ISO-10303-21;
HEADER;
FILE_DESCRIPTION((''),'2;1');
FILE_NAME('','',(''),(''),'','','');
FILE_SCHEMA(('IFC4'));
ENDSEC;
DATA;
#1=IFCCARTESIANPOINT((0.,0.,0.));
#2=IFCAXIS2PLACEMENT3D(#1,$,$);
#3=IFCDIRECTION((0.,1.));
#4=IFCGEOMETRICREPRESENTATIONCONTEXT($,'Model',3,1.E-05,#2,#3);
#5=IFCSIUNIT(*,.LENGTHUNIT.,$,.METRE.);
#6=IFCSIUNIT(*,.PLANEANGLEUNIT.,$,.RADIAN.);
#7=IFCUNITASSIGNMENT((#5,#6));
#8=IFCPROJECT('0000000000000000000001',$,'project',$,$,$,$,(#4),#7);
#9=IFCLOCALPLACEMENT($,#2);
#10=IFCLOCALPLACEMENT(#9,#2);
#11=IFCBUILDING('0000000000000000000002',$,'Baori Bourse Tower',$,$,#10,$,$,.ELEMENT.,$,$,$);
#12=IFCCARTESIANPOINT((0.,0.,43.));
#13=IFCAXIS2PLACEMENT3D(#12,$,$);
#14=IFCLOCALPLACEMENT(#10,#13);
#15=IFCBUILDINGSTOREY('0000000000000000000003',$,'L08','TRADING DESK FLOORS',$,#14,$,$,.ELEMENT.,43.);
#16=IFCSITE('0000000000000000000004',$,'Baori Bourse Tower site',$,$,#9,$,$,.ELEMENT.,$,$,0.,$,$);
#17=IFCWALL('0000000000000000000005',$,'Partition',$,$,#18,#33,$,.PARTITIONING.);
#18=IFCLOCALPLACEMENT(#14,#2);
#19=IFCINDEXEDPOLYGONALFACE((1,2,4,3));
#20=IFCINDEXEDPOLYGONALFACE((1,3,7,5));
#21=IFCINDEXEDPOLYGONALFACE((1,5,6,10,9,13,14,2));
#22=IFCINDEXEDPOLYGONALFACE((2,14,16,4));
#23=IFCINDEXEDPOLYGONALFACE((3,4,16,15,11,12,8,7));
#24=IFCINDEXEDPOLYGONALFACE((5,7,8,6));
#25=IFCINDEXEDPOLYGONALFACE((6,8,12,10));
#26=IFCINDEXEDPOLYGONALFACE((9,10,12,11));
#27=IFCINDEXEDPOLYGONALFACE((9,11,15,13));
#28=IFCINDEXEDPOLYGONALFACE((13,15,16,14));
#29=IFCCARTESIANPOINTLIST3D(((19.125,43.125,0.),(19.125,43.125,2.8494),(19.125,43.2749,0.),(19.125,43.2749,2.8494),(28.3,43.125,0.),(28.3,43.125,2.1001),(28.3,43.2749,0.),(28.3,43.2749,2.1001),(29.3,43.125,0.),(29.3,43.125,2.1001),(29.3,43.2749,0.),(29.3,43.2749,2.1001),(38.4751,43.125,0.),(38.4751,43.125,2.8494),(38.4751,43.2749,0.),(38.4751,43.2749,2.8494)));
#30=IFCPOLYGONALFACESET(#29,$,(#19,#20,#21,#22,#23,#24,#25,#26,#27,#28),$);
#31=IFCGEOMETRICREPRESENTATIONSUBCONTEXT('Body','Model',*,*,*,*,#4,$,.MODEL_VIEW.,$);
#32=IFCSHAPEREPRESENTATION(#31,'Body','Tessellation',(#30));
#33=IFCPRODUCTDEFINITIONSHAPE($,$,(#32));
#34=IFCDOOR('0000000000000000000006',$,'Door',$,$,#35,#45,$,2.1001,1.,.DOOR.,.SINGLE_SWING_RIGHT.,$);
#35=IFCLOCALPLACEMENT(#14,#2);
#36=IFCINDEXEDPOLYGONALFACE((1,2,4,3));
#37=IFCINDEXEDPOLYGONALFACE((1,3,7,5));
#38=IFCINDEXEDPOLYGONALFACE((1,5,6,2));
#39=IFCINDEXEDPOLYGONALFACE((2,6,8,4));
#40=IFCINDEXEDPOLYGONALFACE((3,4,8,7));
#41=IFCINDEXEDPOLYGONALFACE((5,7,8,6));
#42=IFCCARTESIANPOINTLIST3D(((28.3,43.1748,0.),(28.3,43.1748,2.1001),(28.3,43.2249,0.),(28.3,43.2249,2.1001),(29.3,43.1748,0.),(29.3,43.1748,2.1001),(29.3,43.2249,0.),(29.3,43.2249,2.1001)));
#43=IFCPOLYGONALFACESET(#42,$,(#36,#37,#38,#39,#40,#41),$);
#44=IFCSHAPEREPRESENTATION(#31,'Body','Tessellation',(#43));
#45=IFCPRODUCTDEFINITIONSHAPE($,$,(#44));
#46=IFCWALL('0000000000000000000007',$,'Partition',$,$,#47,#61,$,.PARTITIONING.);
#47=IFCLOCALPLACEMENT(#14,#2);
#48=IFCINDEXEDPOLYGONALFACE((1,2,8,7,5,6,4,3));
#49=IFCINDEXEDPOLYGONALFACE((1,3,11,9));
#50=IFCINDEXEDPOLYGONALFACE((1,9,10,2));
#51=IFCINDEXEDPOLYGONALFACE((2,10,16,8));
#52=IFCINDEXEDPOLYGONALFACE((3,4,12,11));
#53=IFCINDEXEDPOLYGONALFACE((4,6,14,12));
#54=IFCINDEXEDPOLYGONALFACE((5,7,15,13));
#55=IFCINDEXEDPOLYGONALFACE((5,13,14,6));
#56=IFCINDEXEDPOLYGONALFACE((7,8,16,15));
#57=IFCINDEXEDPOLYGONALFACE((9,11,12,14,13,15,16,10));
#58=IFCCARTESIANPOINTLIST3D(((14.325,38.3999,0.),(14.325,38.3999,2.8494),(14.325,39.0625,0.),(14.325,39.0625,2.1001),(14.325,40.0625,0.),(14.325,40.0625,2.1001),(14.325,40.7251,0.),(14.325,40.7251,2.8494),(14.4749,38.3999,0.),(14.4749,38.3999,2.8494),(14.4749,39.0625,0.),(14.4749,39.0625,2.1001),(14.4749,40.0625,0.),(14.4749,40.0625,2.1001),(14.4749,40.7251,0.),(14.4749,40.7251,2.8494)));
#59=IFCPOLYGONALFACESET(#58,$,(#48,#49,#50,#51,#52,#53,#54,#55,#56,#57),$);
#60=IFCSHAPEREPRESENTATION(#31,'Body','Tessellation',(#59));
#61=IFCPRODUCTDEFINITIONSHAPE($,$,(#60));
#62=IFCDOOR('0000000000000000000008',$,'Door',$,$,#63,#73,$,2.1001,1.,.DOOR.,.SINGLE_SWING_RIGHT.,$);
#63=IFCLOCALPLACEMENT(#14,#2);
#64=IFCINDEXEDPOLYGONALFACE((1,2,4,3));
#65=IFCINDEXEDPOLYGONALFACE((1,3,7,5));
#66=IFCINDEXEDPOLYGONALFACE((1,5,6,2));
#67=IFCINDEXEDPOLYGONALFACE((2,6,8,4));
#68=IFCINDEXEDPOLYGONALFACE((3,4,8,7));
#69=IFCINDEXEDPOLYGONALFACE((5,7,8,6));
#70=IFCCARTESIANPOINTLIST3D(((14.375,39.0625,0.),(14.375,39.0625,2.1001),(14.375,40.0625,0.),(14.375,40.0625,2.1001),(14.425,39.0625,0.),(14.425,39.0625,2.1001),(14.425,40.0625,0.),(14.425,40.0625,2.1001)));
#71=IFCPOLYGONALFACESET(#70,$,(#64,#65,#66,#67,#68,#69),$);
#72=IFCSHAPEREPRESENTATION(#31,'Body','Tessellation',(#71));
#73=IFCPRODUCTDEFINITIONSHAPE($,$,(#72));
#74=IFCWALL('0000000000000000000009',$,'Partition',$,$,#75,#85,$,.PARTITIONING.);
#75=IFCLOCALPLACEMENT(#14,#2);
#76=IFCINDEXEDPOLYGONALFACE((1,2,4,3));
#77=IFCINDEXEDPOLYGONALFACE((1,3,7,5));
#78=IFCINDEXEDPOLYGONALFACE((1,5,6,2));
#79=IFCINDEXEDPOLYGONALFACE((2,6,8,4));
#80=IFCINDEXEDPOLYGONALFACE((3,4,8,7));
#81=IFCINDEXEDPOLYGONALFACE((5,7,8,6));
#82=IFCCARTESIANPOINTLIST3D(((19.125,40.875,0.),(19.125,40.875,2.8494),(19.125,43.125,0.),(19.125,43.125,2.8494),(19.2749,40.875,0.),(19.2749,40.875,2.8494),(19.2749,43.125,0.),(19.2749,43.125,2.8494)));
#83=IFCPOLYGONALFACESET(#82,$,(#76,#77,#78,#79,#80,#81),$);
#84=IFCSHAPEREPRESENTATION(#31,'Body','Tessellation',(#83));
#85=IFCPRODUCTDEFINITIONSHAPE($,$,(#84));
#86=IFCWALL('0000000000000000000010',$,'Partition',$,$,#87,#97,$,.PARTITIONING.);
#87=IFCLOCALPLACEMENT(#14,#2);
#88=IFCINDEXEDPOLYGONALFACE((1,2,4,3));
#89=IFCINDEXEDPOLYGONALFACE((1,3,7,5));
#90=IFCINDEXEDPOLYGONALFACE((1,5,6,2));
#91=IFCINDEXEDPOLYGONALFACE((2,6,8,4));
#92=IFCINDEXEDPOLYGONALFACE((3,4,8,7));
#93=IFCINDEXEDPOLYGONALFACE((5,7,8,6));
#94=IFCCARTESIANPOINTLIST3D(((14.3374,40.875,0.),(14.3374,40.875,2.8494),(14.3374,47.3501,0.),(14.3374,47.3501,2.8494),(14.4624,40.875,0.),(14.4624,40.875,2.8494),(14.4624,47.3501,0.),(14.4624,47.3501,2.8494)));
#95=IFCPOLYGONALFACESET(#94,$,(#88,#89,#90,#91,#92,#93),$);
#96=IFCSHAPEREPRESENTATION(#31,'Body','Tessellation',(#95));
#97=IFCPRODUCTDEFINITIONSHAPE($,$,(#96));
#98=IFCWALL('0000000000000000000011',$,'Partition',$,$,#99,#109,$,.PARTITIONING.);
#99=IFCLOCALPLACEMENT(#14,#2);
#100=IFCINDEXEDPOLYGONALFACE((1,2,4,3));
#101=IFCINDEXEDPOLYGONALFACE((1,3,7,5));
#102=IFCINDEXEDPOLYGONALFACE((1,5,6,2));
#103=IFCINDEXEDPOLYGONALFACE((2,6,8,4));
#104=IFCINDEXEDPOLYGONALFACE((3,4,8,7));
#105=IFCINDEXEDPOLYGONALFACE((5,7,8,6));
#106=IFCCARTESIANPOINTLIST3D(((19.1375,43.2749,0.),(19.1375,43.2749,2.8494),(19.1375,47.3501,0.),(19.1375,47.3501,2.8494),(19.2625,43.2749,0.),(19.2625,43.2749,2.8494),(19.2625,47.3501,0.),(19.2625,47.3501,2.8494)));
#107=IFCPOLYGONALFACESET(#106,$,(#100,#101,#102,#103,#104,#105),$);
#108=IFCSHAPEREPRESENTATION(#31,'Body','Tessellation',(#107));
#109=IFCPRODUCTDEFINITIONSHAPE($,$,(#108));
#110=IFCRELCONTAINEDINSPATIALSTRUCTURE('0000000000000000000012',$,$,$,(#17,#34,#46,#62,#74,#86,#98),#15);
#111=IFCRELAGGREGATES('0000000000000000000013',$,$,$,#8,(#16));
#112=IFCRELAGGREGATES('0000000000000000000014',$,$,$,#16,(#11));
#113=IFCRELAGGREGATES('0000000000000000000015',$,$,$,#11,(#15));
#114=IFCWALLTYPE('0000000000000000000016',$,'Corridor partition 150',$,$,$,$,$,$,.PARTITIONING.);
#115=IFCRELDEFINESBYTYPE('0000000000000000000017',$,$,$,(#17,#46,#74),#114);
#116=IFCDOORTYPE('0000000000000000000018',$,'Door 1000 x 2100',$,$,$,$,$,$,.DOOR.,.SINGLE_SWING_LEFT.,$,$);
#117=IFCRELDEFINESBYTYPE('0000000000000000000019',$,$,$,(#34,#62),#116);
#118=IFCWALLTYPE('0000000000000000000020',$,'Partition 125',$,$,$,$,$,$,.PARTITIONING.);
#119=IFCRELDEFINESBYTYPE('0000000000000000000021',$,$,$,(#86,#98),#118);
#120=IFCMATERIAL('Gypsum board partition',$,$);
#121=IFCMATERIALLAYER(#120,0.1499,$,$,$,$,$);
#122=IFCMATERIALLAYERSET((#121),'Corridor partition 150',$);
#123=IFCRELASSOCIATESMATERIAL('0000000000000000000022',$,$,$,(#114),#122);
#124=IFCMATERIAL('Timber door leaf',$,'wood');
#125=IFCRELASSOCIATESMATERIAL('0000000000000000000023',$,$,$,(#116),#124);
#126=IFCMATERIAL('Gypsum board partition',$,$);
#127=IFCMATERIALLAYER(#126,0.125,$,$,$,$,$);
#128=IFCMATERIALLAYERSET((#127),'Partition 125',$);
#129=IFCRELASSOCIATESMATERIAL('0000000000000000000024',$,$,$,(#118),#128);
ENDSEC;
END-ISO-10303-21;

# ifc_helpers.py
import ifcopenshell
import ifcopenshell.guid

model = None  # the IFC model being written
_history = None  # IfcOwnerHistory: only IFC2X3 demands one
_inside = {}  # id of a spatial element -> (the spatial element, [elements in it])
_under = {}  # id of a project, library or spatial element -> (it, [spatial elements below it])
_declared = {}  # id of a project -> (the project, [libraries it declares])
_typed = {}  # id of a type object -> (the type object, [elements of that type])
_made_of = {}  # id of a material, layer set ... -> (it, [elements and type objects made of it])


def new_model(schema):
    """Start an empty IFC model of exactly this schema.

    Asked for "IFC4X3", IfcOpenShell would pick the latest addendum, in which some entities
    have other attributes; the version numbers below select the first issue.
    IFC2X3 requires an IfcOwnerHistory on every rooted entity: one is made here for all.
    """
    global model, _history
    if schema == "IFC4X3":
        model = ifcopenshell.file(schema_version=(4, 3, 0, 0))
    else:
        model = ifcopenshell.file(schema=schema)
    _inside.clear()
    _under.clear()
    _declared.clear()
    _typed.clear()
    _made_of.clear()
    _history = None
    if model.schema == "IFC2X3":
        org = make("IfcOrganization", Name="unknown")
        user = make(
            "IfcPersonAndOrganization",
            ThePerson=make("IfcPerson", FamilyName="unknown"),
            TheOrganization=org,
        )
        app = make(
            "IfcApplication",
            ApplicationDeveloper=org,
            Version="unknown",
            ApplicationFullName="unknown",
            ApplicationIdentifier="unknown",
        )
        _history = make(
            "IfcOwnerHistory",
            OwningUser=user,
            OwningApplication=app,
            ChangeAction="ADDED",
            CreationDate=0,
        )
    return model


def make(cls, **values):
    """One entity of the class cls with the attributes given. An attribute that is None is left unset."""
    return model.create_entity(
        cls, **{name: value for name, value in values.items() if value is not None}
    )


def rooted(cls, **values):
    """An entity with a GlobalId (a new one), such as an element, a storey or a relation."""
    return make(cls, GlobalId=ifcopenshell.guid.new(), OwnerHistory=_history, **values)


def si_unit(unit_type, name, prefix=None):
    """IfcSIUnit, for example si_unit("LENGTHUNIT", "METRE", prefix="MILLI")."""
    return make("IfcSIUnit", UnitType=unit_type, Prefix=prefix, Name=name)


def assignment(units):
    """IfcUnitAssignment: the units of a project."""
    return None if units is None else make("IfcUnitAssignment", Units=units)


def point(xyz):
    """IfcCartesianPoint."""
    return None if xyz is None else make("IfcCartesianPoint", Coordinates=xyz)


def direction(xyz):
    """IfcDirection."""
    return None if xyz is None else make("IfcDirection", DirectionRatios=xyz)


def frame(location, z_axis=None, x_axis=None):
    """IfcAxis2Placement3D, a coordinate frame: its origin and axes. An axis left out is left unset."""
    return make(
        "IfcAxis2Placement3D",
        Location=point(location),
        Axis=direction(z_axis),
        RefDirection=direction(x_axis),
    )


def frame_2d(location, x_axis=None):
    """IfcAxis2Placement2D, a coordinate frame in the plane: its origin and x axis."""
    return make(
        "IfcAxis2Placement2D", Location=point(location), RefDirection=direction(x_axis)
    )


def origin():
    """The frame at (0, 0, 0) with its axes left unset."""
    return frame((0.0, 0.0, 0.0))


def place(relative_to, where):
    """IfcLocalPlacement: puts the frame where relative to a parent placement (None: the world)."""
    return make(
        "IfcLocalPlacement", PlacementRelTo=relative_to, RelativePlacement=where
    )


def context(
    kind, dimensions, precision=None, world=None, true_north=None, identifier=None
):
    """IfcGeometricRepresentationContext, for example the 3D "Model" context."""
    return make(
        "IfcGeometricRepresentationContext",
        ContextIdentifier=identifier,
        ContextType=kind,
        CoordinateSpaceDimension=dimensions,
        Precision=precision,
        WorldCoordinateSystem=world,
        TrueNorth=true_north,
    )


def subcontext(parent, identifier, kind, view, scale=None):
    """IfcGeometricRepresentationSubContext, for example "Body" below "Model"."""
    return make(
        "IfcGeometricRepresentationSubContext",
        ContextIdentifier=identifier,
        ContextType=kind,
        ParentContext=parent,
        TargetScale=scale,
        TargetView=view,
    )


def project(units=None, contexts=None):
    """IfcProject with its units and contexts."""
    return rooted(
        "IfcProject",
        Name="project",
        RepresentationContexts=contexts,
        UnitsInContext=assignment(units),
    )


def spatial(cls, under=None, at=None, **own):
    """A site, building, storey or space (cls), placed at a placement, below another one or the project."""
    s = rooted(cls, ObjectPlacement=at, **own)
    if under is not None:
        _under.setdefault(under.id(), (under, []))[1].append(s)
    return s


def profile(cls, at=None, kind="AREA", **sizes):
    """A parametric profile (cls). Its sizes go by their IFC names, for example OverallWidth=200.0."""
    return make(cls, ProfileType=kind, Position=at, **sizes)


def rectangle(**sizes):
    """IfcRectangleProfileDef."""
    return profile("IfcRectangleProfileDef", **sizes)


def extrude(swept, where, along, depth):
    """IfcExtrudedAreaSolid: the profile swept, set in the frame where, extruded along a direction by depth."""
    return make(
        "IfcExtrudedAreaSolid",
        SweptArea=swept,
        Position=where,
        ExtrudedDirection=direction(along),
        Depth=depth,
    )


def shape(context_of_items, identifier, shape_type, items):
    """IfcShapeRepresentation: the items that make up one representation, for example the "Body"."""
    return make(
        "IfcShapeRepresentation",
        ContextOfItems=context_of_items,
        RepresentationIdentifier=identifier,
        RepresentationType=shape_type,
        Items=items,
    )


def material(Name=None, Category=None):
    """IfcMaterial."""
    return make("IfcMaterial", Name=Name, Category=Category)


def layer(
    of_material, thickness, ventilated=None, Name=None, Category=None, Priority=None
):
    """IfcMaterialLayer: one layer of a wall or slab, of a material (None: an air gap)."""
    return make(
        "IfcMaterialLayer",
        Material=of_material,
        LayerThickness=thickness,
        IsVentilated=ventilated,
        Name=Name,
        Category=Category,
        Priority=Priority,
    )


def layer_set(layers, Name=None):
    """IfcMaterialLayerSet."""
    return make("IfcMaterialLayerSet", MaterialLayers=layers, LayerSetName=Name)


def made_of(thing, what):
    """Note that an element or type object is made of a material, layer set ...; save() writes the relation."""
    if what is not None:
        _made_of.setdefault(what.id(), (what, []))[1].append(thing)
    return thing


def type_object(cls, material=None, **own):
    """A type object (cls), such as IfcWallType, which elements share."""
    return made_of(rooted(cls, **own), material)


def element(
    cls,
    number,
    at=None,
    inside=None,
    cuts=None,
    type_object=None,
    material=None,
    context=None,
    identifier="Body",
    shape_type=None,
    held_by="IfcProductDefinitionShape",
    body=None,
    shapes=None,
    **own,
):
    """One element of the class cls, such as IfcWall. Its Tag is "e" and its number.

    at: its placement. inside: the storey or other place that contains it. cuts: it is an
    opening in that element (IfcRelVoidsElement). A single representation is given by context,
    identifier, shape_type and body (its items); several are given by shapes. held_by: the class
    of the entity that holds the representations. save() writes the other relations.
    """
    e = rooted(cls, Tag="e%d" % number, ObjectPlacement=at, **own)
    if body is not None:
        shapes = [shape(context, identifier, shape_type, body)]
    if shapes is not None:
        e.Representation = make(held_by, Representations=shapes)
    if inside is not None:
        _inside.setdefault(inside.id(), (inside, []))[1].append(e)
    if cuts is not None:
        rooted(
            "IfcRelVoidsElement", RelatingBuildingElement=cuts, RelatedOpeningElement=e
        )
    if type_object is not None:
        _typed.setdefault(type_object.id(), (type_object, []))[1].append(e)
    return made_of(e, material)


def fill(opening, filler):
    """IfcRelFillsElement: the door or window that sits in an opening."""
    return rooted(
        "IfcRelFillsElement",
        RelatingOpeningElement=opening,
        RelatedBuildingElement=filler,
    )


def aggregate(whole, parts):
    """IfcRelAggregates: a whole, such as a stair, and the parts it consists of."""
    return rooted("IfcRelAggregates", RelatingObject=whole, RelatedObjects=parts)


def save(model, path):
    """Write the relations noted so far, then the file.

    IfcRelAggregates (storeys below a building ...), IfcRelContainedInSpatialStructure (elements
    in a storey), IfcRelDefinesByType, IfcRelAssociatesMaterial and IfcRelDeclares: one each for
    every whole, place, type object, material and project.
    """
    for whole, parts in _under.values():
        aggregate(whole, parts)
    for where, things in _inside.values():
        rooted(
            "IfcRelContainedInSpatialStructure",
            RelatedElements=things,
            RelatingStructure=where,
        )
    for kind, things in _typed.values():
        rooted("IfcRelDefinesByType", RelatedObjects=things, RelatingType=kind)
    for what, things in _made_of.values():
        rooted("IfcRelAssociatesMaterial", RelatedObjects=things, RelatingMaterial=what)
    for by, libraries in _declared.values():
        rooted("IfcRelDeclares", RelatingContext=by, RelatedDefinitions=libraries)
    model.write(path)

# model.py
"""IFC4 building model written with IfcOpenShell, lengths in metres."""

from ifc_helpers import new_model, si_unit, direction, frame, frame_2d, origin, place, context, subcontext, project, spatial, rectangle, extrude, material, layer, layer_set, type_object, element, fill, save


model = new_model("IFC4")

# Units and contexts
model_context = context("Model", 3, precision=1e-05, world=origin(), true_north=direction((0.0, 1.0)))
body_context = subcontext(model_context, "Body", "Model", "MODEL_VIEW")
ifc_project = project(units=[si_unit("LENGTHUNIT", "METRE"), si_unit("PLANEANGLEUNIT", "RADIAN")], contexts=[model_context])

# Site, building, storey
site_placement = place(None, origin())
site = spatial("IfcSite", under=ifc_project, at=site_placement, Name="Baori Bourse Tower site", CompositionType="ELEMENT", RefElevation=0.0)
building_placement = place(site_placement, origin())
building = spatial("IfcBuilding", under=site, at=building_placement, Name="Baori Bourse Tower", CompositionType="ELEMENT")
storey_placement = place(building_placement, frame((0.0, 0.0, 43.0)))
storey = spatial("IfcBuildingStorey", under=building, at=storey_placement, Name="L08", Description="TRADING DESK FLOORS", CompositionType="ELEMENT", Elevation=43.0)

# Walls, openings, doors
ifc_material_1 = material(Name="Gypsum board partition")
ifc_layer_1 = layer(ifc_material_1, 0.1499)
ifc_layer_set_1 = layer_set([ifc_layer_1], Name="Corridor partition 150")
wall_type_1 = type_object("IfcWallType", Name="Corridor partition 150", PredefinedType="PARTITIONING", material=ifc_layer_set_1)
ifc_material_2 = material(Name="Timber door leaf", Category="wood")
door_type_1 = type_object("IfcDoorType", Name="Door 1000 x 2100", OperationType="SINGLE_SWING_LEFT", PredefinedType="DOOR", material=ifc_material_2)
wall_1_placement = place(storey_placement, frame((19.125, 43.2, 0.0), z_axis=(0.0, 0.0, 1.0), x_axis=(1.0, 0.0, 0.0)))
wall_1 = element("IfcWall", 1, at=wall_1_placement, inside=storey, type_object=wall_type_1, Name="Partition", PredefinedType="PARTITIONING", context=body_context, shape_type="SweptSolid", body=[
    extrude(rectangle(XDim=19.3501, YDim=0.1499, at=frame_2d((9.675, 0.0))), origin(), (0.0, 0.0, 1.0), 2.8494),
])
opening_1_placement = place(wall_1_placement, frame((9.175, 0.0, 0.0)))
opening_1 = element("IfcOpeningElement", 2, at=opening_1_placement, cuts=wall_1, PredefinedType="OPENING", context=body_context, shape_type="SweptSolid", body=[
    extrude(rectangle(XDim=1.0, YDim=2.1001, at=frame_2d((0.5, 1.05))), frame((0.0, 0.085, 0.0), z_axis=(0.0, -1.0, 0.0), x_axis=(1.0, 0.0, 0.0)), (0.0, 0.0, 1.0), 0.1699),
])
door_1_placement = place(opening_1_placement, origin())
door_1 = element("IfcDoor", 3, at=door_1_placement, inside=storey, type_object=door_type_1, Name="Door", OperationType="SINGLE_SWING_RIGHT", OverallHeight=2.1001, OverallWidth=1.0, PredefinedType="DOOR", context=body_context, shape_type="SweptSolid", body=[
    extrude(rectangle(XDim=1.0, YDim=2.1001, at=frame_2d((0.5, 1.05))), frame((0.0, 0.0249, 0.0), z_axis=(0.0, -1.0, 0.0), x_axis=(1.0, 0.0, 0.0)), (0.0, 0.0, 1.0), 0.05),
])
fill(opening_1, door_1)
wall_2_placement = place(storey_placement, frame((14.3999, 38.3999, 0.0), z_axis=(0.0, 0.0, 1.0), x_axis=(0.0, 1.0, 0.0)))
wall_2 = element("IfcWall", 4, at=wall_2_placement, inside=storey, type_object=wall_type_1, Name="Partition", PredefinedType="PARTITIONING", context=body_context, shape_type="SweptSolid", body=[
    extrude(rectangle(XDim=2.3252, YDim=0.1499, at=frame_2d((1.1626, 0.0))), origin(), (0.0, 0.0, 1.0), 2.8494),
])
opening_2_placement = place(wall_2_placement, frame((0.6626, 0.0, 0.0)))
opening_2 = element("IfcOpeningElement", 5, at=opening_2_placement, cuts=wall_2, PredefinedType="OPENING", context=body_context, shape_type="SweptSolid", body=[
    extrude(rectangle(XDim=1.0, YDim=2.1001, at=frame_2d((0.5, 1.05))), frame((0.0, 0.085, 0.0), z_axis=(0.0, -1.0, 0.0), x_axis=(1.0, 0.0, 0.0)), (0.0, 0.0, 1.0), 0.1699),
])
door_2_placement = place(opening_2_placement, origin())
door_2 = element("IfcDoor", 6, at=door_2_placement, inside=storey, type_object=door_type_1, Name="Door", OperationType="SINGLE_SWING_RIGHT", OverallHeight=2.1001, OverallWidth=1.0, PredefinedType="DOOR", context=body_context, shape_type="SweptSolid", body=[
    extrude(rectangle(XDim=1.0, YDim=2.1001, at=frame_2d((0.5, 1.05))), frame((0.0, 0.0249, 0.0), z_axis=(0.0, -1.0, 0.0), x_axis=(1.0, 0.0, 0.0)), (0.0, 0.0, 1.0), 0.05),
])
fill(opening_2, door_2)

# Walls
wall_3_placement = place(storey_placement, frame((19.2, 40.875, 0.0), z_axis=(0.0, 0.0, 1.0), x_axis=(0.0, 1.0, 0.0)))
element("IfcWall", 7, at=wall_3_placement, inside=storey, type_object=wall_type_1, Name="Partition", PredefinedType="PARTITIONING", context=body_context, shape_type="SweptSolid", body=[
    extrude(rectangle(XDim=2.25, YDim=0.1499, at=frame_2d((1.125, 0.0))), origin(), (0.0, 0.0, 1.0), 2.8494),
])
ifc_material_3 = material(Name="Gypsum board partition")
ifc_layer_2 = layer(ifc_material_3, 0.125)
ifc_layer_set_2 = layer_set([ifc_layer_2], Name="Partition 125")
wall_type_2 = type_object("IfcWallType", Name="Partition 125", PredefinedType="PARTITIONING", material=ifc_layer_set_2)
wall_4_placement = place(storey_placement, frame((14.3999, 40.875, 0.0), z_axis=(0.0, 0.0, 1.0), x_axis=(0.0, 1.0, 0.0)))
element("IfcWall", 8, at=wall_4_placement, inside=storey, type_object=wall_type_2, Name="Partition", PredefinedType="PARTITIONING", context=body_context, shape_type="SweptSolid", body=[
    extrude(rectangle(XDim=6.4751, YDim=0.125, at=frame_2d((3.2375, 0.0))), origin(), (0.0, 0.0, 1.0), 2.8494),
])
wall_5_placement = place(storey_placement, frame((19.2, 43.2749, 0.0), z_axis=(0.0, 0.0, 1.0), x_axis=(0.0, 1.0, 0.0)))
element("IfcWall", 9, at=wall_5_placement, inside=storey, type_object=wall_type_2, Name="Partition", PredefinedType="PARTITIONING", context=body_context, shape_type="SweptSolid", body=[
    extrude(rectangle(XDim=4.0752, YDim=0.125, at=frame_2d((2.0376, 0.0))), origin(), (0.0, 0.0, 1.0), 2.8494),
])

save(model, "model.ifc")
